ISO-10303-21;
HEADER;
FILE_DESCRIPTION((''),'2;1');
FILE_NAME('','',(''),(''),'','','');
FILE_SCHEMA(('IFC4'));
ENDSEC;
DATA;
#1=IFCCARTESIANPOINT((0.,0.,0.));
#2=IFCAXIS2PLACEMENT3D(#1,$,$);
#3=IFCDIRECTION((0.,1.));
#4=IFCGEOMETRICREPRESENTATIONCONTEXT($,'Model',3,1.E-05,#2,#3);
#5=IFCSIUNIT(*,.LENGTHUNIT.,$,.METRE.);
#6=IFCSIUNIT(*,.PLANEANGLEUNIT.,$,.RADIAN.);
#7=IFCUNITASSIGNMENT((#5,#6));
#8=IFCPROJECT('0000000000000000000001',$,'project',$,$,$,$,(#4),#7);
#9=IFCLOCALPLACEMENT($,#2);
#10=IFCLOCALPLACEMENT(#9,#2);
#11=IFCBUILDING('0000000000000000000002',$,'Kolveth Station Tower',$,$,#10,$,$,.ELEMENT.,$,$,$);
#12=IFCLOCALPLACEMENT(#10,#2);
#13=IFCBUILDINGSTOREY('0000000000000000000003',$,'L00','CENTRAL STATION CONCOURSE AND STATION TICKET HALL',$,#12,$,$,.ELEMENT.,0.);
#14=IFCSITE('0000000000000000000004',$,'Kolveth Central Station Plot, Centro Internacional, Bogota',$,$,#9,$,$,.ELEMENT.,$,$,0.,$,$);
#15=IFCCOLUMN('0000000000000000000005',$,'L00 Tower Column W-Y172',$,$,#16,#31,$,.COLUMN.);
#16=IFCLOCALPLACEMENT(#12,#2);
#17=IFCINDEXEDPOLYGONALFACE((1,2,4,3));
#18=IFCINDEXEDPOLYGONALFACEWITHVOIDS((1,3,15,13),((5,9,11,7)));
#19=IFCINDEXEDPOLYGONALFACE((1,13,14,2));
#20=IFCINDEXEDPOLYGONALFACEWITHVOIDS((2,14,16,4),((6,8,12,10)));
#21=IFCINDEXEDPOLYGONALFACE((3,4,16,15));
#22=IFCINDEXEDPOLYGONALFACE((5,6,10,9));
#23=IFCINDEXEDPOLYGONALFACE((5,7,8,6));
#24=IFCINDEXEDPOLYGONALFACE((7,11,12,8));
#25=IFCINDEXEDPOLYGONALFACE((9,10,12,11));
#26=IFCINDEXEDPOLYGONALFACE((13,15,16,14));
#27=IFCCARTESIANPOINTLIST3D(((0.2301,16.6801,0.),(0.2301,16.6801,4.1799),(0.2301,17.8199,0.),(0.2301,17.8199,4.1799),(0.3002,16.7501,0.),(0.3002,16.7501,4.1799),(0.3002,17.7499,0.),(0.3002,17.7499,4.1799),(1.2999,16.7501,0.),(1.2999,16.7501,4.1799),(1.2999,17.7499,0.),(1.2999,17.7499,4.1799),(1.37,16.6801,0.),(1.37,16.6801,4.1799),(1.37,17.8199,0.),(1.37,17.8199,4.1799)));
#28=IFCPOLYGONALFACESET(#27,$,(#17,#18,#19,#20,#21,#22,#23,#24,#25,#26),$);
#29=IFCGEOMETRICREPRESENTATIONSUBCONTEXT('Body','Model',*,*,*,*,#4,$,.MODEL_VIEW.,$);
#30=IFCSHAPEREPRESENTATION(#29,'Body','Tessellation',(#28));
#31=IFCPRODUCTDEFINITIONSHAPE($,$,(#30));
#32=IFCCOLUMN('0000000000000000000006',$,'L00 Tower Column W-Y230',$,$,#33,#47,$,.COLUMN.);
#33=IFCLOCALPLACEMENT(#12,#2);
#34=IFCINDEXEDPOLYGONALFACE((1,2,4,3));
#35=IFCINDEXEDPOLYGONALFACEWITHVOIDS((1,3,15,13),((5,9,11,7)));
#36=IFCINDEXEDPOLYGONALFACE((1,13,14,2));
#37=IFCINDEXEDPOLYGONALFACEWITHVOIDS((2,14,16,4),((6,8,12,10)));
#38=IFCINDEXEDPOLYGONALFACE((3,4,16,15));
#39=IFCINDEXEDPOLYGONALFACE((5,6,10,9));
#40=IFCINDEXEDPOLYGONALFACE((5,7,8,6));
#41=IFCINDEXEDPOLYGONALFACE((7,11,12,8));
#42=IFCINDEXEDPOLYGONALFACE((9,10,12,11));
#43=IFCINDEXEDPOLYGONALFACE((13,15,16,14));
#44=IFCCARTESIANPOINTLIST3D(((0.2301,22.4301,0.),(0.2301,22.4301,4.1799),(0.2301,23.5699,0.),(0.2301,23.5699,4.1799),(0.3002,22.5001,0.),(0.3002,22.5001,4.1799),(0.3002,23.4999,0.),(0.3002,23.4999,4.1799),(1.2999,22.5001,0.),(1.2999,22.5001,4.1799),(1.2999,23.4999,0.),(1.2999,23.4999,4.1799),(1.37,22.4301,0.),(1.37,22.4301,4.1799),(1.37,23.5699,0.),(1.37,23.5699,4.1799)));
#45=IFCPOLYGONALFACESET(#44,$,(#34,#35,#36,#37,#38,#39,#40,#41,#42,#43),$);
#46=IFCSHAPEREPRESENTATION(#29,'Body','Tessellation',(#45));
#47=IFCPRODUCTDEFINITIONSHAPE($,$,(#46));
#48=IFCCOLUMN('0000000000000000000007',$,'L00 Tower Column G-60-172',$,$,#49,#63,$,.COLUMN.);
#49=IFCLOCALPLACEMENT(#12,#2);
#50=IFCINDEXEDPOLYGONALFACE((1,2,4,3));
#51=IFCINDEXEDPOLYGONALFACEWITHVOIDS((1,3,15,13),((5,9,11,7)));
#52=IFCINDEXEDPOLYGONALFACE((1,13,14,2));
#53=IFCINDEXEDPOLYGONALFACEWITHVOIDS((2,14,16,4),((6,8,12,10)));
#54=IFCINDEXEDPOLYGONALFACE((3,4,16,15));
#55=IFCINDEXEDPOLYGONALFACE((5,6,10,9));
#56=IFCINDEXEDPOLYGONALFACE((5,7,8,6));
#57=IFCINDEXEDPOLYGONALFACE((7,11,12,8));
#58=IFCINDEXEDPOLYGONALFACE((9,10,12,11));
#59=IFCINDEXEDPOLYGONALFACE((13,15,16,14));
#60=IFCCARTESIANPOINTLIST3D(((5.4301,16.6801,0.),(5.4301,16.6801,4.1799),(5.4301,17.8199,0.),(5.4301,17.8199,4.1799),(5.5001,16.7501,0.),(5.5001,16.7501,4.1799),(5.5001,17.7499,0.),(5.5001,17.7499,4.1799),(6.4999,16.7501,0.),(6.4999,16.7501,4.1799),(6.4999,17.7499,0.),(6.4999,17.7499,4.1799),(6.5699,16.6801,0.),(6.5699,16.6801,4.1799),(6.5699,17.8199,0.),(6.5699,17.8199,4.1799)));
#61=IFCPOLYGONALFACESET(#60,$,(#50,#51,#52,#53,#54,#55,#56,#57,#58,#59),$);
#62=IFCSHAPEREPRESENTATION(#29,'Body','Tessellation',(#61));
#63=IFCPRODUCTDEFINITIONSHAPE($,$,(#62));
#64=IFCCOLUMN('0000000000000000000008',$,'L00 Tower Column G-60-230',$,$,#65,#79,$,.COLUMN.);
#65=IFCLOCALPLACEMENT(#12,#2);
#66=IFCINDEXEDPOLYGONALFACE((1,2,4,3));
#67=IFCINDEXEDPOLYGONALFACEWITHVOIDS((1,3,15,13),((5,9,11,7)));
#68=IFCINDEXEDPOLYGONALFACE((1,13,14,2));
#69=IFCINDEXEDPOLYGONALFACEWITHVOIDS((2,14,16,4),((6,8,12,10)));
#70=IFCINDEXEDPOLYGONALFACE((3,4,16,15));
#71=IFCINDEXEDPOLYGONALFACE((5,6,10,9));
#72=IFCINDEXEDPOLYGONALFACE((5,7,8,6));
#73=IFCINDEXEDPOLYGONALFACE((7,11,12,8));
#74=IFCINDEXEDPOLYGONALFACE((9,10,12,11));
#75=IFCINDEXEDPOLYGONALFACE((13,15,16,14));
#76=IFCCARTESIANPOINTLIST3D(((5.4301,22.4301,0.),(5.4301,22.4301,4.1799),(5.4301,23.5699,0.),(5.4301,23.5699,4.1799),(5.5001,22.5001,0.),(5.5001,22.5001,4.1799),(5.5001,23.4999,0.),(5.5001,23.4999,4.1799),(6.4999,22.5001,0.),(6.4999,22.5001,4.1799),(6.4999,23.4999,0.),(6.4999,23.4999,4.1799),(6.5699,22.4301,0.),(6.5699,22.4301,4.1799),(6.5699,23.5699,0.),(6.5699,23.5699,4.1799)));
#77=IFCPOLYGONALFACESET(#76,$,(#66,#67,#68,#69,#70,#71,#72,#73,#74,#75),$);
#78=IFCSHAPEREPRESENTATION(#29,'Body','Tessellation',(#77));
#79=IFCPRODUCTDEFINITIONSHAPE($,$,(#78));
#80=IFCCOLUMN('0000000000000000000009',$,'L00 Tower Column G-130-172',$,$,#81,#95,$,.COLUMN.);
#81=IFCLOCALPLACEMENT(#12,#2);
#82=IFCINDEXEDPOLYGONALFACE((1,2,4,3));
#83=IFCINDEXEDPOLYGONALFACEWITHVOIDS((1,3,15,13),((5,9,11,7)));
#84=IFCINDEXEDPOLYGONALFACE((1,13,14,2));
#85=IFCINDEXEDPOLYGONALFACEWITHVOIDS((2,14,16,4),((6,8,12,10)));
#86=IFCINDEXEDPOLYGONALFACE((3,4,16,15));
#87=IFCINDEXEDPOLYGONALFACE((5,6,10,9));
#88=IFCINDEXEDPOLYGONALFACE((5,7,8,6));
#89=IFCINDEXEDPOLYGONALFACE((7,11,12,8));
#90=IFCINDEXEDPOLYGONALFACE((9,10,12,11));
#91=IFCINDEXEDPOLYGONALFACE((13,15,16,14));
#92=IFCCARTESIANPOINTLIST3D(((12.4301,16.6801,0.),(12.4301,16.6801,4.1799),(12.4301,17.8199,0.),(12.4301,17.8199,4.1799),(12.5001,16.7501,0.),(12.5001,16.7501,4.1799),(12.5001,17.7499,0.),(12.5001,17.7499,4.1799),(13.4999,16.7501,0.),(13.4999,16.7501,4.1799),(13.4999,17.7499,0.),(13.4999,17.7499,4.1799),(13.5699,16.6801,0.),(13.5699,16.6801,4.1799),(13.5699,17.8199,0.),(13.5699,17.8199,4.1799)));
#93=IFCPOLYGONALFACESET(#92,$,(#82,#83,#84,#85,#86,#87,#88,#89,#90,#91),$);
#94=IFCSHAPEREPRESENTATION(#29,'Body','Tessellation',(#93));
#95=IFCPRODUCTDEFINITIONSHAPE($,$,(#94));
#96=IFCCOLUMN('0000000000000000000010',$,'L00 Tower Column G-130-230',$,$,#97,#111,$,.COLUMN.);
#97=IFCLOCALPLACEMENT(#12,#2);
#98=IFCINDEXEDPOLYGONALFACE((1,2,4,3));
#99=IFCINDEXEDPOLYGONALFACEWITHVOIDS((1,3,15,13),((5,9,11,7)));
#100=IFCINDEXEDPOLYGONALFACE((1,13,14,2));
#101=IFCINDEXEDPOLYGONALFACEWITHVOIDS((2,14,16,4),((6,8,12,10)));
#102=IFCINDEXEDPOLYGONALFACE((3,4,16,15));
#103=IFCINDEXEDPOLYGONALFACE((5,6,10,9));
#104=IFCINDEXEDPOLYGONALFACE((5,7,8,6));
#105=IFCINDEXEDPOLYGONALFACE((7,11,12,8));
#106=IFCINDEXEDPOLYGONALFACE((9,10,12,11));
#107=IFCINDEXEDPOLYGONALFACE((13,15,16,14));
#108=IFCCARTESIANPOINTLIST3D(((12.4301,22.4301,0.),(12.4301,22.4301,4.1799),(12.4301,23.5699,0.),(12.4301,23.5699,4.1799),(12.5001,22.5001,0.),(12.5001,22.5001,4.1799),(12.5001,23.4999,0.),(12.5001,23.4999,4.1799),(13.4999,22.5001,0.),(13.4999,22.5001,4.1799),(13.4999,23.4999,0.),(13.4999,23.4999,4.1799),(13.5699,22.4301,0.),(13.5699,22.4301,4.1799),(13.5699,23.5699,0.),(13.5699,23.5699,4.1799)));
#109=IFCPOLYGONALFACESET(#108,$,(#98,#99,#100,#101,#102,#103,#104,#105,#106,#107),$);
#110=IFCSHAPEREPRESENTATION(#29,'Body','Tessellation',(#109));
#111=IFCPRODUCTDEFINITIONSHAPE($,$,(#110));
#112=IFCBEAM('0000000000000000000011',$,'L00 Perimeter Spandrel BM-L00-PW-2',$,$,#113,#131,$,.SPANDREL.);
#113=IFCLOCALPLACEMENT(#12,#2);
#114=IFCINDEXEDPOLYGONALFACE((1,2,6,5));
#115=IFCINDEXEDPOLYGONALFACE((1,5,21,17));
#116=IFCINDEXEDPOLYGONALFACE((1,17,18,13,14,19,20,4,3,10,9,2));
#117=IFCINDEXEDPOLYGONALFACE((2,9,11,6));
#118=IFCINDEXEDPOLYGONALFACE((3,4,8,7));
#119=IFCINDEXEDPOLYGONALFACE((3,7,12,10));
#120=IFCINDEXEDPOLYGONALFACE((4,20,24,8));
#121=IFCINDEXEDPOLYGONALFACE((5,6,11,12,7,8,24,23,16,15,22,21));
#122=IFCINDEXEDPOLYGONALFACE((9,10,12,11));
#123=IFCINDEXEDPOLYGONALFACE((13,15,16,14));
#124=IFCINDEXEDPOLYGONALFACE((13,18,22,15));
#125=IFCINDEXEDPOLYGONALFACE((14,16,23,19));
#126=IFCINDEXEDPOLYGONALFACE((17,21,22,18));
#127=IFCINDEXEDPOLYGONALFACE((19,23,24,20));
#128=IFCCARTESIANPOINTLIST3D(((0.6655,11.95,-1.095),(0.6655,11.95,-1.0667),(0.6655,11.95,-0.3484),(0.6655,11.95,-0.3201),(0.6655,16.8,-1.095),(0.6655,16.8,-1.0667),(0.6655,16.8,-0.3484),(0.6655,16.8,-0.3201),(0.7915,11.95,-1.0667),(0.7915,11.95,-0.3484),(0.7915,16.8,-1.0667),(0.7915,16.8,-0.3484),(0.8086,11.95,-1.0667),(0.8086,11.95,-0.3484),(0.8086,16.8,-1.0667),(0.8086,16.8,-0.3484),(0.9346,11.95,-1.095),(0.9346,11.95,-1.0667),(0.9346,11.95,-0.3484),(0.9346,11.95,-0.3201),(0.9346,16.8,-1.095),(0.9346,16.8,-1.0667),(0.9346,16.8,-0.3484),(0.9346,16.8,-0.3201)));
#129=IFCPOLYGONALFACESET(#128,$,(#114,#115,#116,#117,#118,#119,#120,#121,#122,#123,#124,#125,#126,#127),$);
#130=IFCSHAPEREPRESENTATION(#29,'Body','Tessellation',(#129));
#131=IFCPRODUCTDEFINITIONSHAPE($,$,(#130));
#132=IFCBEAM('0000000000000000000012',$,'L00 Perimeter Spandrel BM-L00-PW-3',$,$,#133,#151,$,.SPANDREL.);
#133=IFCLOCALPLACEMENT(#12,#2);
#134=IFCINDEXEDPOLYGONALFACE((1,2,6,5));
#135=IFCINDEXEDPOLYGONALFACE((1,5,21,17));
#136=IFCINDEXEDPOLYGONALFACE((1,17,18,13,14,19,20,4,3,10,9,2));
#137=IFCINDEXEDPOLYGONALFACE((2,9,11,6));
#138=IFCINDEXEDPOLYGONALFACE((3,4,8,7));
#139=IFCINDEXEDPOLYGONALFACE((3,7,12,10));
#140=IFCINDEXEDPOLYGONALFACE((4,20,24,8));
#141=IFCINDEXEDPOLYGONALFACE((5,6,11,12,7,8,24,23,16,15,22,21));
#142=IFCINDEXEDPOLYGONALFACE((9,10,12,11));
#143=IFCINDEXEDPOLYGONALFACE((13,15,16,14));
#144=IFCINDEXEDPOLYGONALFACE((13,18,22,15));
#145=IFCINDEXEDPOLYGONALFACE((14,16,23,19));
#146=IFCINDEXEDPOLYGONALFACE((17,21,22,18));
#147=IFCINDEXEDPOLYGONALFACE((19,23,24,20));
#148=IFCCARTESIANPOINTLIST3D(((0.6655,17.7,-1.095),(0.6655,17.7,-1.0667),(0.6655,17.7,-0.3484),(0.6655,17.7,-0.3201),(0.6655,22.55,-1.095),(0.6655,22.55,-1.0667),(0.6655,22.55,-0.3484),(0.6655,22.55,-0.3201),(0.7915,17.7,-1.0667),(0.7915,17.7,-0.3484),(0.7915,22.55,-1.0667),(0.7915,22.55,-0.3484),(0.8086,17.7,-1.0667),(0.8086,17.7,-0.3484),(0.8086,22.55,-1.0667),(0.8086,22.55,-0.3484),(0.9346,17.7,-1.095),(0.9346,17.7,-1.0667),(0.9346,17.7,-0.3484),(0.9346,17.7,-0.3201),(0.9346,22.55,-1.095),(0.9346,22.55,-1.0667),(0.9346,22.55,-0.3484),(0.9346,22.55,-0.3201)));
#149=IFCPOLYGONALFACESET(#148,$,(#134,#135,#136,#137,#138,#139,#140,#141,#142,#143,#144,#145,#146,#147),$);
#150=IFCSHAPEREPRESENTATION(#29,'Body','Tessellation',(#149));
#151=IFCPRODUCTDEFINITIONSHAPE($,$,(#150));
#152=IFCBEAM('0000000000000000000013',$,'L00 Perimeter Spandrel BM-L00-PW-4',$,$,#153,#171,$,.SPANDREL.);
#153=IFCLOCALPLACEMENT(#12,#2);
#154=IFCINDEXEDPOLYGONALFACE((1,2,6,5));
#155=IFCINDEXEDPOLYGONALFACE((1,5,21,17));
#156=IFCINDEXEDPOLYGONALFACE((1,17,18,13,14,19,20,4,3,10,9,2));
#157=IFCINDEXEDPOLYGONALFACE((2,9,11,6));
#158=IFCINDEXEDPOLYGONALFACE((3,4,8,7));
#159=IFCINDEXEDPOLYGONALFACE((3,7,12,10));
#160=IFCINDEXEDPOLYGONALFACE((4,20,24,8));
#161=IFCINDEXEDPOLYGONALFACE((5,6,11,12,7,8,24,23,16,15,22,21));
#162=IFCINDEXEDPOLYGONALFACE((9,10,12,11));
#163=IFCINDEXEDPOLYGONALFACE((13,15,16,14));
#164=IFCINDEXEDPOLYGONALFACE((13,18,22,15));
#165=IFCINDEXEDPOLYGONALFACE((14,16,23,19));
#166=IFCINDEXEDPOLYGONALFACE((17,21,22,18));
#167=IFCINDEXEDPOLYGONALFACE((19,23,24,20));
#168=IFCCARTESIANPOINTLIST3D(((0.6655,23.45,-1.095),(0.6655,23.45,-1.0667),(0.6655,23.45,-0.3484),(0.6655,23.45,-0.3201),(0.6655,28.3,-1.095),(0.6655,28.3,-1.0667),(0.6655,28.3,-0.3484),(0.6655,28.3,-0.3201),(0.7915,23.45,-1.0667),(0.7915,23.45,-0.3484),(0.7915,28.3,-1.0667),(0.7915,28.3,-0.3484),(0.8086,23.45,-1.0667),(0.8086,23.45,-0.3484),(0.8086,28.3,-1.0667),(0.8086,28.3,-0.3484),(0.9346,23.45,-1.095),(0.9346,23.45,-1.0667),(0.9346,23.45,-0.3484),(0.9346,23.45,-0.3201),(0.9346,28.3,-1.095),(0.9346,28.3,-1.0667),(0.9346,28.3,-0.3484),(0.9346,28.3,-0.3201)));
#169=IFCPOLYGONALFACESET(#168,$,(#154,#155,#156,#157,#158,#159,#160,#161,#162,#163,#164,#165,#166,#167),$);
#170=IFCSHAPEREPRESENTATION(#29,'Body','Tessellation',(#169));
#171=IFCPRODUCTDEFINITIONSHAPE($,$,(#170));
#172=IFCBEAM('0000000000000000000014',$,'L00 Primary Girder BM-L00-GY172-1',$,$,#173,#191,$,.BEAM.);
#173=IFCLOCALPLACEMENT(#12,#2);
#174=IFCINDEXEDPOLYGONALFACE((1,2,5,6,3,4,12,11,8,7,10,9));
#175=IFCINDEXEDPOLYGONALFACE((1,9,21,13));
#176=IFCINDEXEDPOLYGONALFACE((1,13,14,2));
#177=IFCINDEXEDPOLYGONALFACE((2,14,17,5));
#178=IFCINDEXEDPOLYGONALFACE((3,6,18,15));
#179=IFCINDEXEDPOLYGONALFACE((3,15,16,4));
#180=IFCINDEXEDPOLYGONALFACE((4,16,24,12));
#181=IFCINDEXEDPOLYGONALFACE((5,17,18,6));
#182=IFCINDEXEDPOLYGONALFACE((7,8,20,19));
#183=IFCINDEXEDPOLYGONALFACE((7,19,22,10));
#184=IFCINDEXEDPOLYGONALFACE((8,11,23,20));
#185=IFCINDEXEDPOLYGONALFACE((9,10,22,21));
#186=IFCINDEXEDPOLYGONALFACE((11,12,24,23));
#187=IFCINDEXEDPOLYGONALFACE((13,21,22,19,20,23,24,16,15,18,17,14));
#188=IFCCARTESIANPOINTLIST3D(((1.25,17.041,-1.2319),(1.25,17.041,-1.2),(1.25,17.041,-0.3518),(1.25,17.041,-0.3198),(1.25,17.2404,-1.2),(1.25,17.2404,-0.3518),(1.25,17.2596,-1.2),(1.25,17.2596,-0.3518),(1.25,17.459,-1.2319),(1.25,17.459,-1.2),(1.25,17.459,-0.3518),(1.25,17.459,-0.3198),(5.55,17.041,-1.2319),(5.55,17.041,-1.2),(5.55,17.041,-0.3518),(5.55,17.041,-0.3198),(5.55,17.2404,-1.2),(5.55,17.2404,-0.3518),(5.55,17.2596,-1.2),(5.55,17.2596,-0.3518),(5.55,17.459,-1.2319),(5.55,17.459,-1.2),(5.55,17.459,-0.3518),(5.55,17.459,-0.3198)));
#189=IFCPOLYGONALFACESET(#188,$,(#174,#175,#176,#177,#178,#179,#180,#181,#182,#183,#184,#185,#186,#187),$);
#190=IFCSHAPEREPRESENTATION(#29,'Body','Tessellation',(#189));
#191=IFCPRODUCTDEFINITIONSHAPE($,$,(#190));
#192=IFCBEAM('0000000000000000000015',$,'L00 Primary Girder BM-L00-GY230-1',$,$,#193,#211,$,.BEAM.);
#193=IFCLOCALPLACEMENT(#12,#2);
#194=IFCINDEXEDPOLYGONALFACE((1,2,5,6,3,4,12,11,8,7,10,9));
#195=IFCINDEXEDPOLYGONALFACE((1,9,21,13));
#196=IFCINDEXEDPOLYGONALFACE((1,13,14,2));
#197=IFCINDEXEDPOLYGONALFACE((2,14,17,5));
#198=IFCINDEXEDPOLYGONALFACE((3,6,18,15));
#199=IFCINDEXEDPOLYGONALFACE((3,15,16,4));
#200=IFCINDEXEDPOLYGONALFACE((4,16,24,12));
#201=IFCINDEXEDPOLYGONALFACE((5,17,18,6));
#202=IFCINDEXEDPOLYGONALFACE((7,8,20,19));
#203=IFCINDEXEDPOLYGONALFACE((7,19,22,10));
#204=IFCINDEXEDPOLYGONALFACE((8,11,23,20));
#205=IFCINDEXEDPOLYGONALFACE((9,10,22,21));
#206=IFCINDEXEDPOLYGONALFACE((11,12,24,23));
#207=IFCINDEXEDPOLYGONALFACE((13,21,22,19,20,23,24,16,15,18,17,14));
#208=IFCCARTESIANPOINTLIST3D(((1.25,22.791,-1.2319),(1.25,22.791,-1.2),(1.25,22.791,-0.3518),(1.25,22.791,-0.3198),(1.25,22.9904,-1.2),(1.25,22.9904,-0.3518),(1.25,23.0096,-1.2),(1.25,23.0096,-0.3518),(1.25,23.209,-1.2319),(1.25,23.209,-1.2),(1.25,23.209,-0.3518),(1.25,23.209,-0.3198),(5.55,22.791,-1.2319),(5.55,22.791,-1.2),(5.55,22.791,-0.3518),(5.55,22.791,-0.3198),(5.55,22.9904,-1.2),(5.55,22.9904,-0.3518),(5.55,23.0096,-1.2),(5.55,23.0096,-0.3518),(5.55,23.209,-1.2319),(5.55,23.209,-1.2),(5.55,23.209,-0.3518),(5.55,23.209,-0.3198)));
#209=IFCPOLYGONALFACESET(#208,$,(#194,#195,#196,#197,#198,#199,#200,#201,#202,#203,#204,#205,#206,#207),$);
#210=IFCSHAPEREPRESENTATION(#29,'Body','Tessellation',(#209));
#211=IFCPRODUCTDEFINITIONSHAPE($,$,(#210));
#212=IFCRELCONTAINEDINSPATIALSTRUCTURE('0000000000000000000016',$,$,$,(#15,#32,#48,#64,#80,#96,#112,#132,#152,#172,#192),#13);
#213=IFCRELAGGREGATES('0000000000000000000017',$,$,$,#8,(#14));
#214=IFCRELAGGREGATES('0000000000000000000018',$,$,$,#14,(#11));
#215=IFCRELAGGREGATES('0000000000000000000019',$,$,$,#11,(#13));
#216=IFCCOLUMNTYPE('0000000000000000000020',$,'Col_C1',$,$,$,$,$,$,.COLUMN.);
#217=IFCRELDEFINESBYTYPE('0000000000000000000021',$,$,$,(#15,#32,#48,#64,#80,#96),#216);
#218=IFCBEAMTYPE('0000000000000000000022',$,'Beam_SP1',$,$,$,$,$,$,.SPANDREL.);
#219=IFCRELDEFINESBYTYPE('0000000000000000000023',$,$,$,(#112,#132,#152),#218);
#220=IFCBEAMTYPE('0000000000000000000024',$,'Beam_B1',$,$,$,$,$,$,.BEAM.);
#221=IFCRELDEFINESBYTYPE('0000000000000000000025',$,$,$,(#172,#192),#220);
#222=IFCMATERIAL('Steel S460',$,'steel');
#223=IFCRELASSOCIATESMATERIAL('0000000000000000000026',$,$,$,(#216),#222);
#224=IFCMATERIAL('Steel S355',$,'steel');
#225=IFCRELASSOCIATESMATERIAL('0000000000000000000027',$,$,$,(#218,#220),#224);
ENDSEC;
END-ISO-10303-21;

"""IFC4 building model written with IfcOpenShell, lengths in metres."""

from ifc_helpers import new_model, si_unit, direction, frame, origin, origin_2d, place, context, subcontext, project, spatial, hollow_rectangle, i_section, extrude, source, transform, mapped, material, material_profile, profile_set, type_object, element, save


model = new_model("IFC4")

# Units and contexts
model_context = context("Model", 3, precision=1e-05, world=origin(), true_north=direction((0.0, 1.0)))
body_context = subcontext(model_context, "Body", "Model", "MODEL_VIEW")
ifc_project = project(units=[si_unit("LENGTHUNIT", "METRE"), si_unit("PLANEANGLEUNIT", "RADIAN")], contexts=[model_context])

# Site, building, storey
site_placement = place(None, origin())
site = spatial("IfcSite", under=ifc_project, at=site_placement, Name="Kolveth Central Station Plot, Centro Internacional, Bogota", CompositionType="ELEMENT", RefElevation=0.0)
building_placement = place(site_placement, origin())
building = spatial("IfcBuilding", under=site, at=building_placement, Name="Kolveth Station Tower", CompositionType="ELEMENT")
storey_placement = place(building_placement, origin())
storey = spatial("IfcBuildingStorey", under=building, at=storey_placement, Name="L00", Description="CENTRAL STATION CONCOURSE AND STATION TICKET HALL", CompositionType="ELEMENT", Elevation=0.0)

# Columns
ifc_material_1 = material(Name="Steel S460", Category="steel")
ifc_material_profile_1 = material_profile(ifc_material_1, hollow_rectangle(XDim=1.1399, YDim=1.1399, WallThickness=0.0701, at=origin_2d()), Name="BOX1140x1140x70")
ifc_profile_set_1 = profile_set([ifc_material_profile_1], Name="Steel S460")
column_type = type_object("IfcColumnType", Name="Col_C1", PredefinedType="COLUMN", material=ifc_profile_set_1)
shared_shape_1 = source(origin(), body_context, "Body", "SweptSolid", [
    extrude(hollow_rectangle(XDim=1.1399, YDim=1.1399, WallThickness=0.0701, at=origin_2d()), origin(), (0.0, 0.0, 1.0), 4.1799),
])
for number, where, z_axis, x_axis, name in (
    (1, (0.8, 17.25, 0.0), (0.0, 0.0, 1.0), (1.0, 0.0, 0.0), "L00 Tower Column W-Y172"),
    (2, (0.8, 23.0, 0.0), (0.0, 0.0, 1.0), (1.0, 0.0, 0.0), "L00 Tower Column W-Y230"),
    (3, (6.0, 17.25, 0.0), (0.0, 0.0, 1.0), (1.0, 0.0, 0.0), "L00 Tower Column G-60-172"),
    (4, (6.0, 23.0, 0.0), (0.0, 0.0, 1.0), (1.0, 0.0, 0.0), "L00 Tower Column G-60-230"),
    (5, (13.0, 17.25, 0.0), (0.0, 0.0, 1.0), (1.0, 0.0, 0.0), "L00 Tower Column G-130-172"),
    (6, (13.0, 23.0, 0.0), (0.0, 0.0, 1.0), (1.0, 0.0, 0.0), "L00 Tower Column G-130-230"),
):
    element("IfcColumn", number, at=place(storey_placement, frame(where, z_axis=z_axis, x_axis=x_axis)), inside=storey, type_object=column_type, Name=name, PredefinedType="COLUMN", context=body_context, shape_type="MappedRepresentation", body=[
        mapped(shared_shape_1, transform((0.0, 0.0, 0.0), x_axis=(1.0, 0.0, 0.0), y_axis=(0.0, 1.0, 0.0), z_axis=(0.0, 0.0, 1.0), scale=1.0)),
    ])

# Beams
ifc_material_2 = material(Name="Steel S355", Category="steel")
ifc_material_profile_2 = material_profile(ifc_material_2, i_section(OverallWidth=0.269, OverallDepth=0.7749, WebThickness=0.0171, FlangeThickness=0.0283, at=origin_2d()), Name="W760x220")
ifc_profile_set_2 = profile_set([ifc_material_profile_2], Name="Steel S355")
beam_type_1 = type_object("IfcBeamType", Name="Beam_SP1", PredefinedType="SPANDREL", material=ifc_profile_set_2)
shared_shape_2 = source(origin(), body_context, "Body", "SweptSolid", [
    extrude(i_section(OverallWidth=0.269, OverallDepth=0.7749, WebThickness=0.0171, FlangeThickness=0.0283, at=origin_2d()), origin(), (0.0, 0.0, 1.0), 4.8501),
])
for number, where, z_axis, x_axis, name in (
    (7, (0.8, 11.95, -0.7075), (0.0, 1.0, 0.0), (-1.0, 0.0, 0.0), "L00 Perimeter Spandrel BM-L00-PW-2"),
    (8, (0.8, 17.7, -0.7075), (0.0, 1.0, 0.0), (-1.0, 0.0, 0.0), "L00 Perimeter Spandrel BM-L00-PW-3"),
    (9, (0.8, 23.45, -0.7075), (0.0, 1.0, 0.0), (-1.0, 0.0, 0.0), "L00 Perimeter Spandrel BM-L00-PW-4"),
):
    element("IfcBeam", number, at=place(storey_placement, frame(where, z_axis=z_axis, x_axis=x_axis)), inside=storey, type_object=beam_type_1, Name=name, PredefinedType="SPANDREL", context=body_context, shape_type="MappedRepresentation", body=[
        mapped(shared_shape_2, transform((0.0, 0.0, 0.0), x_axis=(1.0, 0.0, 0.0), y_axis=(0.0, 1.0, 0.0), z_axis=(0.0, 0.0, 1.0), scale=1.0)),
    ])
ifc_material_profile_3 = material_profile(ifc_material_2, i_section(OverallWidth=0.418, OverallDepth=0.9121, WebThickness=0.0193, FlangeThickness=0.032, at=origin_2d()), Name="W920x342")
ifc_profile_set_3 = profile_set([ifc_material_profile_3], Name="Steel S355")
beam_type_2 = type_object("IfcBeamType", Name="Beam_B1", PredefinedType="BEAM", material=ifc_profile_set_3)
shared_shape_3 = source(origin(), body_context, "Body", "SweptSolid", [
    extrude(i_section(OverallWidth=0.418, OverallDepth=0.9121, WebThickness=0.0193, FlangeThickness=0.032, at=origin_2d()), origin(), (0.0, 0.0, 1.0), 4.3),
])
for number, where, z_axis, x_axis, name in (
    (10, (1.25, 17.25, -0.7759), (1.0, 0.0, 0.0), (0.0, 1.0, 0.0), "L00 Primary Girder BM-L00-GY172-1"),
    (11, (1.25, 23.0, -0.7759), (1.0, 0.0, 0.0), (0.0, 1.0, 0.0), "L00 Primary Girder BM-L00-GY230-1"),
):
    element("IfcBeam", number, at=place(storey_placement, frame(where, z_axis=z_axis, x_axis=x_axis)), inside=storey, type_object=beam_type_2, Name=name, PredefinedType="BEAM", context=body_context, shape_type="MappedRepresentation", body=[
        mapped(shared_shape_3, transform((0.0, 0.0, 0.0), x_axis=(1.0, 0.0, 0.0), y_axis=(0.0, 1.0, 0.0), z_axis=(0.0, 0.0, 1.0), scale=1.0)),
    ])

save(model, "model.ifc")
